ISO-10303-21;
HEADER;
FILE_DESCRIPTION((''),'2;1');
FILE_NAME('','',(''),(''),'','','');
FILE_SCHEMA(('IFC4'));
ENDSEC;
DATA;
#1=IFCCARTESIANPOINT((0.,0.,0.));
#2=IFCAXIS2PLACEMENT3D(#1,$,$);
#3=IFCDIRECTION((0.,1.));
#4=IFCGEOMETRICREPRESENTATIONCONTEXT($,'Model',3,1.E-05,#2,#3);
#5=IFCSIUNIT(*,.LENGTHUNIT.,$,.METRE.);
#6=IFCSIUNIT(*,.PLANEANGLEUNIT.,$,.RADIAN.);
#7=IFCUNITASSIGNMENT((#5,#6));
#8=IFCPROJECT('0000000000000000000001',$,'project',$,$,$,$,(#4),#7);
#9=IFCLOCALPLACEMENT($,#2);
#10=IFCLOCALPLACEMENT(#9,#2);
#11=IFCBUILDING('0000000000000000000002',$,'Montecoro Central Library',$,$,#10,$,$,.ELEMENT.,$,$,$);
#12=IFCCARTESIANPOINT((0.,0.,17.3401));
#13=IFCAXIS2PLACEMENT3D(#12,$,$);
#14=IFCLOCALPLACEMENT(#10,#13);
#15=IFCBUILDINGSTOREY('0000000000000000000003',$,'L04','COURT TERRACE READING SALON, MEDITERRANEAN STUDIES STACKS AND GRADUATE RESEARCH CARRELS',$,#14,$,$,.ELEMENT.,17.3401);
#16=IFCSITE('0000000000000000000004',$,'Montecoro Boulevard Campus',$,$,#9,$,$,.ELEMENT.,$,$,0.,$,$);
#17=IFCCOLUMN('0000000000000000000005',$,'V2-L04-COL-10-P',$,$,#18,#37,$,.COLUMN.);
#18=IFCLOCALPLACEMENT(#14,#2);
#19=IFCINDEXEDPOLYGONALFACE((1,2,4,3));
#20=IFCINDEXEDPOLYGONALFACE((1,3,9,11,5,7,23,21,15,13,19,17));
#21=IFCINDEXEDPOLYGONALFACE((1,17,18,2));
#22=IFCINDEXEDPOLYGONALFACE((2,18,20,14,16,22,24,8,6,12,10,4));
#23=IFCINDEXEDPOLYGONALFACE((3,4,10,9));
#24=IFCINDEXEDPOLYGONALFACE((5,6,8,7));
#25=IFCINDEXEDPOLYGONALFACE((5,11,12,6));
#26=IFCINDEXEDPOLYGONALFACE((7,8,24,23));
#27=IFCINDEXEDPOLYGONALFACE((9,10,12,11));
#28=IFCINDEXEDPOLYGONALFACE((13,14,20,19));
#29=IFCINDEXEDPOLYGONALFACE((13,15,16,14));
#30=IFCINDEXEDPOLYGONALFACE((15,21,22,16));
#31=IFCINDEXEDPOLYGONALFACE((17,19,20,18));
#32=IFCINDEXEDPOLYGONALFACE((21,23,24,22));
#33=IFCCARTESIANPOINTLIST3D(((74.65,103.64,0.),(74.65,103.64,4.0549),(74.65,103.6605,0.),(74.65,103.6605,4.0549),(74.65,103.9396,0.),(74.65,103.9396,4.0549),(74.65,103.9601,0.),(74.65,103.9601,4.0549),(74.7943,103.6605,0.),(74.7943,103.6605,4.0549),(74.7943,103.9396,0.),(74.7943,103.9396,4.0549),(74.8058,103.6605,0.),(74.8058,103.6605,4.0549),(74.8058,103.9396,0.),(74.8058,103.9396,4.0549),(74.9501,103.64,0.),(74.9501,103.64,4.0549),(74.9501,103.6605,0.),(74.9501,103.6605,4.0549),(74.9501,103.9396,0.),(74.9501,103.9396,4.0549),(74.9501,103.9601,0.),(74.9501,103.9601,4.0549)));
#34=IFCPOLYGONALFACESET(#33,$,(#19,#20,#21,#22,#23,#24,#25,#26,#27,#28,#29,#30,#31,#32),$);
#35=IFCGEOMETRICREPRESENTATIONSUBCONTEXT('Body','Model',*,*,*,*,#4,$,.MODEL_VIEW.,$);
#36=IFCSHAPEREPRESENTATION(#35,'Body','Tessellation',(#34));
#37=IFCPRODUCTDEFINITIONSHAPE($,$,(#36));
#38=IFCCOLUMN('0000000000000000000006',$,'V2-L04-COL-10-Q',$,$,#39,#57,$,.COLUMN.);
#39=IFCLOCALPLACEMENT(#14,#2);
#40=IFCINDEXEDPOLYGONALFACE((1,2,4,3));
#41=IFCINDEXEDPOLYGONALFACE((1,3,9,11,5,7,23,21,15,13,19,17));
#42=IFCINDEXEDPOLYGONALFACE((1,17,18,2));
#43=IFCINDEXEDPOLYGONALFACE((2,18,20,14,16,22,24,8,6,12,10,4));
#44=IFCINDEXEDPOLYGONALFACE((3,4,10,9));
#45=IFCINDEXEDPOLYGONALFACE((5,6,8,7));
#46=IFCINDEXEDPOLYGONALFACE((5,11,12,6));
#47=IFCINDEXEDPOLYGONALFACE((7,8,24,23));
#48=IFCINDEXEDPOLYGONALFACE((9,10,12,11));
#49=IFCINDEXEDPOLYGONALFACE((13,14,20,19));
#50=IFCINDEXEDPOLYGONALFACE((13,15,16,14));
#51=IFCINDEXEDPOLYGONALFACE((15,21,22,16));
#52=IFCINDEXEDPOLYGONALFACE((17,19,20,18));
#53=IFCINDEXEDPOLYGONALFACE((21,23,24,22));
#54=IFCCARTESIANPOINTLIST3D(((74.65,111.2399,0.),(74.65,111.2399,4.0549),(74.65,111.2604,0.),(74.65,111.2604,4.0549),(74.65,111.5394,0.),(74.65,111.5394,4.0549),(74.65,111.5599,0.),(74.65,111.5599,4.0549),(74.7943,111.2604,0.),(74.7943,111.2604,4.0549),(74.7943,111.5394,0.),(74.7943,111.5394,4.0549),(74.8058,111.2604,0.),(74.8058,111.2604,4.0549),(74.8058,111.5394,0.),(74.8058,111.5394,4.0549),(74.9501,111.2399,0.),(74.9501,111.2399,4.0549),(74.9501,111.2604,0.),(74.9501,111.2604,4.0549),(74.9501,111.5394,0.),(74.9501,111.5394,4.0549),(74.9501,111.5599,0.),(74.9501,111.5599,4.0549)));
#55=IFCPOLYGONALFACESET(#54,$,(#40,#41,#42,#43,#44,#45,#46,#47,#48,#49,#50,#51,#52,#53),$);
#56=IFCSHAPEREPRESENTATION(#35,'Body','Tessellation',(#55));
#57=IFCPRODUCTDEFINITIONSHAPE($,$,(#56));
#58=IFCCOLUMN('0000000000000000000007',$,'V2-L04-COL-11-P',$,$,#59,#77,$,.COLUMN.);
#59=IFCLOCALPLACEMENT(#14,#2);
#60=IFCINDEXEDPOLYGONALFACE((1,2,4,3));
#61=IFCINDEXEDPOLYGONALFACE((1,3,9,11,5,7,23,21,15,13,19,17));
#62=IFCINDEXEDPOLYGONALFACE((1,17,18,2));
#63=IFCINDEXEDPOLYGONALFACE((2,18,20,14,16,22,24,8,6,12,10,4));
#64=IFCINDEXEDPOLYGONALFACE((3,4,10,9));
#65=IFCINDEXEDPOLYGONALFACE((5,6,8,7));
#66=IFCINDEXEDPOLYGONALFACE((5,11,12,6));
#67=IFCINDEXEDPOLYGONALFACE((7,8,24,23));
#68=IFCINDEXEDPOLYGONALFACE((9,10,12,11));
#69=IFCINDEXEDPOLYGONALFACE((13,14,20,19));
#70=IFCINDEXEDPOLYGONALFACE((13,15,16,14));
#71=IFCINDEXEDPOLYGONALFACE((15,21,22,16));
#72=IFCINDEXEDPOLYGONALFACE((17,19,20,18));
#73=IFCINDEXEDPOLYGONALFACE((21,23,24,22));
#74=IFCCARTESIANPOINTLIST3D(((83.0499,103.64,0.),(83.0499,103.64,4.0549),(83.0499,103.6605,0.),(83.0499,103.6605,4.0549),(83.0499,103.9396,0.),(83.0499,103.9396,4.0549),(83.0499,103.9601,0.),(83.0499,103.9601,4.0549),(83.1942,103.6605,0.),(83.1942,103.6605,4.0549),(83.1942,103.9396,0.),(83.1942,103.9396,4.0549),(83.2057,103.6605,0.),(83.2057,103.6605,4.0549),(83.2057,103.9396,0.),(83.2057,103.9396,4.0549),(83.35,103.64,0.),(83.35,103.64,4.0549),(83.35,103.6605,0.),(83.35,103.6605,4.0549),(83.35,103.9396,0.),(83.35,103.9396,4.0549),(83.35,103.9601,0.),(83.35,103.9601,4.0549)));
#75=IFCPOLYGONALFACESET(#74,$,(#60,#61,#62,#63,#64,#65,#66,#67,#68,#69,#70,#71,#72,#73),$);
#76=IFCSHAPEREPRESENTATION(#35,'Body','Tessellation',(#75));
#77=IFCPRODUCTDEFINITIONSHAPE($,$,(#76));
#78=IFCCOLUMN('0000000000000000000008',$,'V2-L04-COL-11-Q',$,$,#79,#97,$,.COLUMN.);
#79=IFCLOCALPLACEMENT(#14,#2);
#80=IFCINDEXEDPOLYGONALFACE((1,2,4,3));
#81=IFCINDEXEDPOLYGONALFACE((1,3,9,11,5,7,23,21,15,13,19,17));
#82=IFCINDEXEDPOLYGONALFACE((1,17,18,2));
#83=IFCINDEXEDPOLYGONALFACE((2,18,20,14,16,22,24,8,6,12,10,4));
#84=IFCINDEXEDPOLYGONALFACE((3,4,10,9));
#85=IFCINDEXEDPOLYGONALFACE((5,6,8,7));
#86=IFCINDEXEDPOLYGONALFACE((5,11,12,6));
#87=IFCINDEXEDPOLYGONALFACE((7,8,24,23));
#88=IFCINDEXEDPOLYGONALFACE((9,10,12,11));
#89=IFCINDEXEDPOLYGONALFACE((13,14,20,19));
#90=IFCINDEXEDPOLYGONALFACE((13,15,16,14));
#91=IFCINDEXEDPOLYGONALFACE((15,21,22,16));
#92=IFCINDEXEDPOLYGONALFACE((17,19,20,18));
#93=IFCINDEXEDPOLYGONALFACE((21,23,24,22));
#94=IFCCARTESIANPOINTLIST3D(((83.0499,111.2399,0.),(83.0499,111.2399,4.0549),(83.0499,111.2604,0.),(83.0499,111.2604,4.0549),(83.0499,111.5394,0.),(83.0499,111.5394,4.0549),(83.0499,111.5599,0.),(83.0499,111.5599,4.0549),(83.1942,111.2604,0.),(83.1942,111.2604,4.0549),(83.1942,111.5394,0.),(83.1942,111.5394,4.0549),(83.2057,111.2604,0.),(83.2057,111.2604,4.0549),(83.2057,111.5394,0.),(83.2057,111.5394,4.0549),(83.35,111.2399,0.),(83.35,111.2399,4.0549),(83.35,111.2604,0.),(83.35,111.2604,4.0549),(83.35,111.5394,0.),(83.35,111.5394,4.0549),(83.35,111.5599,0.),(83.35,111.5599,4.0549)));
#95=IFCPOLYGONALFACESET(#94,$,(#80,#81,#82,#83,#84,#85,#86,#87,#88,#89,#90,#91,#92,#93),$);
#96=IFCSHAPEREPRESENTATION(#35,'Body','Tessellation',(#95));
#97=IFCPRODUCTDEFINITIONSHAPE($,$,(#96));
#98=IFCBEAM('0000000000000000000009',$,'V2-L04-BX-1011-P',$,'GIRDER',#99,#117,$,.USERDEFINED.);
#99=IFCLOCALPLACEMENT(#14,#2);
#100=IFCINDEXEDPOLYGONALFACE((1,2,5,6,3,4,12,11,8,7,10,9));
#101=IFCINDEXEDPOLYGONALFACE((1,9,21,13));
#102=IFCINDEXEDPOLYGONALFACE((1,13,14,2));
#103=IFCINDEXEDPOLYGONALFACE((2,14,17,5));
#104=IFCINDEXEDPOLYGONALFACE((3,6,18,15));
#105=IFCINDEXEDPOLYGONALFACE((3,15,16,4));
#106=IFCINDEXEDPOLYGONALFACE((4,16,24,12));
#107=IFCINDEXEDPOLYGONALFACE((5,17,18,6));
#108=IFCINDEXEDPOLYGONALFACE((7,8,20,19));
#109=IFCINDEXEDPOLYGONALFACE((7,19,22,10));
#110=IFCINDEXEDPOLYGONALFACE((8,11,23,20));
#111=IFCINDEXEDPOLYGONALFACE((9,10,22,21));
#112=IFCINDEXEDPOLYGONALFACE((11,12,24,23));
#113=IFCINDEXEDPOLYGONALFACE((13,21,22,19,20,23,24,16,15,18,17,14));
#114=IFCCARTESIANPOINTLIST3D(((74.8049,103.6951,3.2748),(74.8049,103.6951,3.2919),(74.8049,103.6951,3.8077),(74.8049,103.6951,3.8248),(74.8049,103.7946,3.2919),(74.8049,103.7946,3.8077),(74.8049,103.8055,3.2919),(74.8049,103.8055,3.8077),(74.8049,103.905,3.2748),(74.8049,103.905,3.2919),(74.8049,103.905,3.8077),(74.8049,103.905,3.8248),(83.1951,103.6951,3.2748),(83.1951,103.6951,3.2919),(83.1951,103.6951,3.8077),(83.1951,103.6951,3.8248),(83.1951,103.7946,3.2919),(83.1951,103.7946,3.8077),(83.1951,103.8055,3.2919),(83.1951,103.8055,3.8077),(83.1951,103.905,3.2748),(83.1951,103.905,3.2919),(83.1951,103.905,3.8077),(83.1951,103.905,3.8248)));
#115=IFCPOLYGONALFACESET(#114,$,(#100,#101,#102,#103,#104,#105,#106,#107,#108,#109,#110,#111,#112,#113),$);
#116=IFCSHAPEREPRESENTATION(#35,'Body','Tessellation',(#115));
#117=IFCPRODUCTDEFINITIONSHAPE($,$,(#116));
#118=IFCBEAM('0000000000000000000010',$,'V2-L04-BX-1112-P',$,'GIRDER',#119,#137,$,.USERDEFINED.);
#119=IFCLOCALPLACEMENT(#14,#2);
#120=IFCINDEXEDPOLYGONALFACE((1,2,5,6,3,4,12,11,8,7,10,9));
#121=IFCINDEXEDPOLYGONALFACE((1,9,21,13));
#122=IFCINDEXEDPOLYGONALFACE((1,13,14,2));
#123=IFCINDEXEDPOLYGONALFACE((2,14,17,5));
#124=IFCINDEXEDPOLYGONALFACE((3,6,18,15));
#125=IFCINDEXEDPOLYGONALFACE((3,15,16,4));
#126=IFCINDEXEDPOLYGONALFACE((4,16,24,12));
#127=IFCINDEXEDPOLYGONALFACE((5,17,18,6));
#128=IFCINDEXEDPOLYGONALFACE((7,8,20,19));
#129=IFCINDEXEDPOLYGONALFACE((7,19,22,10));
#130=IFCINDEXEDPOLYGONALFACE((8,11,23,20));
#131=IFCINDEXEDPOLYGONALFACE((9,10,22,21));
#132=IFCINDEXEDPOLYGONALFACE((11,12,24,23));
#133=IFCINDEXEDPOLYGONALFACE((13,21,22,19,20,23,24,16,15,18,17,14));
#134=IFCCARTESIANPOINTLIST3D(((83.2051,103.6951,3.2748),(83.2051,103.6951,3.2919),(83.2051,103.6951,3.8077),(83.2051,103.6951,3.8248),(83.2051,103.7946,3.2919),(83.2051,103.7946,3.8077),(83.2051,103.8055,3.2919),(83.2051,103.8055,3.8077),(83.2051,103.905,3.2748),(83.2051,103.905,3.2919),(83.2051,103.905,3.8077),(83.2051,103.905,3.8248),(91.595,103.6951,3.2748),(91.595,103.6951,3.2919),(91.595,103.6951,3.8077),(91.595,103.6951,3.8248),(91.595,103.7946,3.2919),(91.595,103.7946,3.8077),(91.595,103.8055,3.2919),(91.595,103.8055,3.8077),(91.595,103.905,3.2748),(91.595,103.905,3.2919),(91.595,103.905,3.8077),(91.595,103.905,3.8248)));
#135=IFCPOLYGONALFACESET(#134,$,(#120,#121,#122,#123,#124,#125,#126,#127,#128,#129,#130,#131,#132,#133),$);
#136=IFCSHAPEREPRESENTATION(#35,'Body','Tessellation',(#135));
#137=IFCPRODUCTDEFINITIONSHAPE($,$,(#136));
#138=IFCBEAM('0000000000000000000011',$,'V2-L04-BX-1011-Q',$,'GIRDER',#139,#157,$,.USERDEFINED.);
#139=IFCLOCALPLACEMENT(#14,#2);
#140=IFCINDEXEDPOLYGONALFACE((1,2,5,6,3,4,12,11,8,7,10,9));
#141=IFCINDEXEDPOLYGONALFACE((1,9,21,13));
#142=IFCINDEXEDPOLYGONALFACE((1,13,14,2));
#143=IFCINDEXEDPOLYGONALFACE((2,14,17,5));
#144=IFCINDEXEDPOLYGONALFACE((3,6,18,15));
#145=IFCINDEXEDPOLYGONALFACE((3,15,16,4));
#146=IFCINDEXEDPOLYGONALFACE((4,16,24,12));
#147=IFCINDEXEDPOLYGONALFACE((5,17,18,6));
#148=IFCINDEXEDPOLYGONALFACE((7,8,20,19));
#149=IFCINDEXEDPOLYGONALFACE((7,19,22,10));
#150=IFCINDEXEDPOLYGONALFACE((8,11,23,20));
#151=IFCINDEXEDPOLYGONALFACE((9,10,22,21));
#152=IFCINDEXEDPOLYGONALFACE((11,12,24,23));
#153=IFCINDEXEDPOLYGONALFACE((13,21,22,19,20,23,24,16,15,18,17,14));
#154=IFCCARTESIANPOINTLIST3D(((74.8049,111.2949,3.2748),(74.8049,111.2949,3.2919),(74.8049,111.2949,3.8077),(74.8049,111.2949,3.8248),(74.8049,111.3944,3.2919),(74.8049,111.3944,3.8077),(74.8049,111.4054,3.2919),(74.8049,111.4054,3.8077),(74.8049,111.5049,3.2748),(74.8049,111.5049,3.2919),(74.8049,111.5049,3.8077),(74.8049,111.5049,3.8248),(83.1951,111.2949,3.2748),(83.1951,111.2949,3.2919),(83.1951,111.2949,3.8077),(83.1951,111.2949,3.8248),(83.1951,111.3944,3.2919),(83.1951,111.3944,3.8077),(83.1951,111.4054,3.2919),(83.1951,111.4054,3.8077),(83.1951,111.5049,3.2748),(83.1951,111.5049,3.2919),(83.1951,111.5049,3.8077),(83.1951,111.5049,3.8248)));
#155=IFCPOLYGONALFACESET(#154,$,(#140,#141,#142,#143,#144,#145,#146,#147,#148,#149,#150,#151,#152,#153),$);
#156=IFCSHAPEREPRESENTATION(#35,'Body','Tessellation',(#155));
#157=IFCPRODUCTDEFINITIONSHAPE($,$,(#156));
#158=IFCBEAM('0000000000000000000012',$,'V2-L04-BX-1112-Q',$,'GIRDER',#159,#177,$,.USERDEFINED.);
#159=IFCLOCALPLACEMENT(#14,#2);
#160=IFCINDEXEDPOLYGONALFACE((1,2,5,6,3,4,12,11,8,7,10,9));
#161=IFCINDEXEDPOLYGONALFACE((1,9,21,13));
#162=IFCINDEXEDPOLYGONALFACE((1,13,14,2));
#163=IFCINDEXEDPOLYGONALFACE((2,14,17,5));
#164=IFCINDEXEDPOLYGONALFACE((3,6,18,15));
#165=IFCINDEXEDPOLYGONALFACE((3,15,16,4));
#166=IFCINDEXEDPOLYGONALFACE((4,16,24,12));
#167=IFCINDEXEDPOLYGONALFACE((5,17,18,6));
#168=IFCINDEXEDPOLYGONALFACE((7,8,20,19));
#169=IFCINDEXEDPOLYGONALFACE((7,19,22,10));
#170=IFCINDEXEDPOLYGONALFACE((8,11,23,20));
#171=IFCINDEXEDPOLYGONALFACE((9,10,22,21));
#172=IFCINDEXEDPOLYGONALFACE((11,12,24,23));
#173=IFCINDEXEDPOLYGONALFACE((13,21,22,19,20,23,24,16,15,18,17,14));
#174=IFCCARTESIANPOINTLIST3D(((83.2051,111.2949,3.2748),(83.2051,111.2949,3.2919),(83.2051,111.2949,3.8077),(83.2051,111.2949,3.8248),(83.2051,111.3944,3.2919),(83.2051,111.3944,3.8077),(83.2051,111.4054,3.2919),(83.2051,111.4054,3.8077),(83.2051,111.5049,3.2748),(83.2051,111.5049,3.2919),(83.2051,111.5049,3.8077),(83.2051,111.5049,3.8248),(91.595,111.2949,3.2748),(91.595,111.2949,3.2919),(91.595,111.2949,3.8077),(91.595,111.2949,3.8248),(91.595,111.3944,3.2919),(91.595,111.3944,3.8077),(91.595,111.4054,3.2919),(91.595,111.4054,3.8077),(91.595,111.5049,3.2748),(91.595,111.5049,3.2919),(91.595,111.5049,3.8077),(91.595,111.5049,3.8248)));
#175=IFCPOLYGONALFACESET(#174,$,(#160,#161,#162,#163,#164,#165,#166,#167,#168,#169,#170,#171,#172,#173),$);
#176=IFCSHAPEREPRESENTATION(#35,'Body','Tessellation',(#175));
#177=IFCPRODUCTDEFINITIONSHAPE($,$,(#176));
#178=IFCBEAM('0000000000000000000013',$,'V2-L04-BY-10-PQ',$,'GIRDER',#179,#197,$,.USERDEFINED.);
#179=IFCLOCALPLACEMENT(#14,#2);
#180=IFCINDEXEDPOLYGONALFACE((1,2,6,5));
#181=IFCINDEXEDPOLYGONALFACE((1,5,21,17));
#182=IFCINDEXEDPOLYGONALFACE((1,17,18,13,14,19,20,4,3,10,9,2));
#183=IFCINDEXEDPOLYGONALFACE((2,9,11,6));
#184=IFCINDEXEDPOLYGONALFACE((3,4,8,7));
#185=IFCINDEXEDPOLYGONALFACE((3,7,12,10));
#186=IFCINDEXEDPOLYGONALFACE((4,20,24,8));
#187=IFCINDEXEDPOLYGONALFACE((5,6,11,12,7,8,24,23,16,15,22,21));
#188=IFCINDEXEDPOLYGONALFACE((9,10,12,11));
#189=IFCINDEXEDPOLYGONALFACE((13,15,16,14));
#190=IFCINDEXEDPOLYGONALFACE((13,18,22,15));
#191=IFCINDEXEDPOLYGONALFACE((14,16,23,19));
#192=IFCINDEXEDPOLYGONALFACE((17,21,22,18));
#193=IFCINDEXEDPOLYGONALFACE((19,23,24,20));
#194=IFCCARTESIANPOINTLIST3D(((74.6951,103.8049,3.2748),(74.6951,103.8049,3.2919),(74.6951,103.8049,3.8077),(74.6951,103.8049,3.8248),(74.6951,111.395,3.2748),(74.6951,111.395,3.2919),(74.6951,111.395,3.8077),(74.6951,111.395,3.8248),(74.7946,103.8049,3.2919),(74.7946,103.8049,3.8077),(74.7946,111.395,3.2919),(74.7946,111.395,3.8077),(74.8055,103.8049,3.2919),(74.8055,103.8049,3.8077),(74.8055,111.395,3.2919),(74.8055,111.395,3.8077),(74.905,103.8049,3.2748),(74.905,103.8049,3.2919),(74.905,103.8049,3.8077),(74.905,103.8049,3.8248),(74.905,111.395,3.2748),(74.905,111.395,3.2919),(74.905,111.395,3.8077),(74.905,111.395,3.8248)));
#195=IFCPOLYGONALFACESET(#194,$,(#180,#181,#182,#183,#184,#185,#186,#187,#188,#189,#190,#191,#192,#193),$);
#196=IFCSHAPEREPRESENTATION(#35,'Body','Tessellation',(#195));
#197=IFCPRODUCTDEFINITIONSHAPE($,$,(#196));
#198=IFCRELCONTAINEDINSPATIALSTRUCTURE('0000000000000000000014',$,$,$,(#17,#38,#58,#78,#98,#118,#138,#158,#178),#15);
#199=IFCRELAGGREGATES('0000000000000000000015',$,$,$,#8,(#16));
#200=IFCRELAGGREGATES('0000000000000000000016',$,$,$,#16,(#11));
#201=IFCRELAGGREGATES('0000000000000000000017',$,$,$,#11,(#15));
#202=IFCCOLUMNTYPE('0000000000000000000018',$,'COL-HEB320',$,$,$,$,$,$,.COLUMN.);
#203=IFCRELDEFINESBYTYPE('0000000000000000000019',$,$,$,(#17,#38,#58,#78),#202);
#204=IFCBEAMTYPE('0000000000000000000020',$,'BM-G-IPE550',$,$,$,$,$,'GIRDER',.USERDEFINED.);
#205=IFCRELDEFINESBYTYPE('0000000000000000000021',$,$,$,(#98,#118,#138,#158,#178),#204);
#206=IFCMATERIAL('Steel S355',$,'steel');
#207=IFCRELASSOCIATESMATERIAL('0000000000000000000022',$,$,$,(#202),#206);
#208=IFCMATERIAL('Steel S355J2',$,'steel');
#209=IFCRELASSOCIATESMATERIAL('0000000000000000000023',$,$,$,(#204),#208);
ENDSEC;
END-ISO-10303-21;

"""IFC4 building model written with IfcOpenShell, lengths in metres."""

from ifc_helpers import new_model, si_unit, direction, frame, origin, origin_2d, place, context, subcontext, project, spatial, i_section, extrude, material, material_profile, profile_set, type_object, element, save


model = new_model("IFC4")

# Units and contexts
model_context = context("Model", 3, precision=1e-05, world=origin(), true_north=direction((0.0, 1.0)))
body_context = subcontext(model_context, "Body", "Model", "MODEL_VIEW")
ifc_project = project(units=[si_unit("LENGTHUNIT", "METRE"), si_unit("PLANEANGLEUNIT", "RADIAN")], contexts=[model_context])

# Site, building, storey
site_placement = place(None, origin())
site = spatial("IfcSite", under=ifc_project, at=site_placement, Name="Montecoro Boulevard Campus", CompositionType="ELEMENT", RefElevation=0.0)
building_placement = place(site_placement, origin())
building = spatial("IfcBuilding", under=site, at=building_placement, Name="Montecoro Central Library", CompositionType="ELEMENT")
storey_placement = place(building_placement, frame((0.0, 0.0, 17.3401)))
storey = spatial("IfcBuildingStorey", under=building, at=storey_placement, Name="L04", Description="COURT TERRACE READING SALON, MEDITERRANEAN STUDIES STACKS AND GRADUATE RESEARCH CARRELS", CompositionType="ELEMENT", Elevation=17.3401)

# Columns
ifc_material_1 = material(Name="Steel S355", Category="steel")
ifc_material_profile_1 = material_profile(ifc_material_1, i_section(OverallWidth=0.3, OverallDepth=0.3201, WebThickness=0.0115, FlangeThickness=0.0205, at=origin_2d()), Name="HEB 320")
ifc_profile_set_1 = profile_set([ifc_material_profile_1], Name="Steel S355")
column_type = type_object("IfcColumnType", Name="COL-HEB320", PredefinedType="COLUMN", material=ifc_profile_set_1)
for number, where, z_axis, x_axis, name in (
    (1, (74.8, 103.8, 0.0), (0.0, 0.0, 1.0), (1.0, 0.0, 0.0), "V2-L04-COL-10-P"),
    (2, (74.8, 111.3999, 0.0), (0.0, 0.0, 1.0), (1.0, 0.0, 0.0), "V2-L04-COL-10-Q"),
    (3, (83.2, 103.8, 0.0), (0.0, 0.0, 1.0), (1.0, 0.0, 0.0), "V2-L04-COL-11-P"),
    (4, (83.2, 111.3999, 0.0), (0.0, 0.0, 1.0), (1.0, 0.0, 0.0), "V2-L04-COL-11-Q"),
):
    element("IfcColumn", number, at=place(storey_placement, frame(where, z_axis=z_axis, x_axis=x_axis)), inside=storey, type_object=column_type, Name=name, PredefinedType="COLUMN", context=body_context, shape_type="SweptSolid", body=[
        extrude(i_section(OverallWidth=0.3, OverallDepth=0.3201, WebThickness=0.0115, FlangeThickness=0.0205, at=origin_2d()), origin(), (0.0, 0.0, 1.0), 4.0549),
    ])

# Beams
ifc_material_2 = material(Name="Steel S355J2", Category="steel")
ifc_material_profile_2 = material_profile(ifc_material_2, i_section(OverallWidth=0.21, OverallDepth=0.55, WebThickness=0.011, FlangeThickness=0.0171, at=origin_2d()), Name="IPE 550")
ifc_profile_set_2 = profile_set([ifc_material_profile_2], Name="Steel S355J2")
beam_type_1 = type_object("IfcBeamType", Name="BM-G-IPE550", ElementType="GIRDER", PredefinedType="USERDEFINED", material=ifc_profile_set_2)
beam_1_placement = place(storey_placement, frame((74.8049, 103.8, 3.5498), z_axis=(1.0, 0.0, 0.0), x_axis=(0.0, 1.0, 0.0)))
element("IfcBeam", 5, at=beam_1_placement, inside=storey, type_object=beam_type_1, Name="V2-L04-BX-1011-P", ObjectType="GIRDER", PredefinedType="USERDEFINED", context=body_context, shape_type="SweptSolid", body=[
    extrude(i_section(OverallWidth=0.21, OverallDepth=0.55, WebThickness=0.011, FlangeThickness=0.0171, at=origin_2d()), origin(), (0.0, 0.0, 1.0), 8.3901),
])
beam_2_placement = place(storey_placement, frame((83.2051, 103.8, 3.5498), z_axis=(1.0, 0.0, 0.0), x_axis=(0.0, 1.0, 0.0)))
element("IfcBeam", 6, at=beam_2_placement, inside=storey, type_object=beam_type_1, Name="V2-L04-BX-1112-P", ObjectType="GIRDER", PredefinedType="USERDEFINED", context=body_context, shape_type="SweptSolid", body=[
    extrude(i_section(OverallWidth=0.21, OverallDepth=0.55, WebThickness=0.011, FlangeThickness=0.0171, at=origin_2d()), origin(), (0.0, 0.0, 1.0), 8.3899),
])
beam_3_placement = place(storey_placement, frame((74.8049, 111.3999, 3.5498), z_axis=(1.0, 0.0, 0.0), x_axis=(0.0, 1.0, 0.0)))
element("IfcBeam", 7, at=beam_3_placement, inside=storey, type_object=beam_type_1, Name="V2-L04-BX-1011-Q", ObjectType="GIRDER", PredefinedType="USERDEFINED", context=body_context, shape_type="SweptSolid", body=[
    extrude(i_section(OverallWidth=0.21, OverallDepth=0.55, WebThickness=0.011, FlangeThickness=0.0171, at=origin_2d()), origin(), (0.0, 0.0, 1.0), 8.3901),
])
beam_4_placement = place(storey_placement, frame((83.2051, 111.3999, 3.5498), z_axis=(1.0, 0.0, 0.0), x_axis=(0.0, 1.0, 0.0)))
element("IfcBeam", 8, at=beam_4_placement, inside=storey, type_object=beam_type_1, Name="V2-L04-BX-1112-Q", ObjectType="GIRDER", PredefinedType="USERDEFINED", context=body_context, shape_type="SweptSolid", body=[
    extrude(i_section(OverallWidth=0.21, OverallDepth=0.55, WebThickness=0.011, FlangeThickness=0.0171, at=origin_2d()), origin(), (0.0, 0.0, 1.0), 8.3899),
])
for number, where, z_axis, x_axis, name in (
    (9, (74.8, 103.8049, 3.5498), (0.0, 1.0, 0.0), (-1.0, 0.0, 0.0), "V2-L04-BY-10-PQ"),
):
    element("IfcBeam", number, at=place(storey_placement, frame(where, z_axis=z_axis, x_axis=x_axis)), inside=storey, type_object=beam_type_1, Name=name, ObjectType="GIRDER", PredefinedType="USERDEFINED", context=body_context, shape_type="SweptSolid", body=[
        extrude(i_section(OverallWidth=0.21, OverallDepth=0.55, WebThickness=0.011, FlangeThickness=0.0171, at=origin_2d()), origin(), (0.0, 0.0, 1.0), 7.5901),
    ])

save(model, "model.ifc")
